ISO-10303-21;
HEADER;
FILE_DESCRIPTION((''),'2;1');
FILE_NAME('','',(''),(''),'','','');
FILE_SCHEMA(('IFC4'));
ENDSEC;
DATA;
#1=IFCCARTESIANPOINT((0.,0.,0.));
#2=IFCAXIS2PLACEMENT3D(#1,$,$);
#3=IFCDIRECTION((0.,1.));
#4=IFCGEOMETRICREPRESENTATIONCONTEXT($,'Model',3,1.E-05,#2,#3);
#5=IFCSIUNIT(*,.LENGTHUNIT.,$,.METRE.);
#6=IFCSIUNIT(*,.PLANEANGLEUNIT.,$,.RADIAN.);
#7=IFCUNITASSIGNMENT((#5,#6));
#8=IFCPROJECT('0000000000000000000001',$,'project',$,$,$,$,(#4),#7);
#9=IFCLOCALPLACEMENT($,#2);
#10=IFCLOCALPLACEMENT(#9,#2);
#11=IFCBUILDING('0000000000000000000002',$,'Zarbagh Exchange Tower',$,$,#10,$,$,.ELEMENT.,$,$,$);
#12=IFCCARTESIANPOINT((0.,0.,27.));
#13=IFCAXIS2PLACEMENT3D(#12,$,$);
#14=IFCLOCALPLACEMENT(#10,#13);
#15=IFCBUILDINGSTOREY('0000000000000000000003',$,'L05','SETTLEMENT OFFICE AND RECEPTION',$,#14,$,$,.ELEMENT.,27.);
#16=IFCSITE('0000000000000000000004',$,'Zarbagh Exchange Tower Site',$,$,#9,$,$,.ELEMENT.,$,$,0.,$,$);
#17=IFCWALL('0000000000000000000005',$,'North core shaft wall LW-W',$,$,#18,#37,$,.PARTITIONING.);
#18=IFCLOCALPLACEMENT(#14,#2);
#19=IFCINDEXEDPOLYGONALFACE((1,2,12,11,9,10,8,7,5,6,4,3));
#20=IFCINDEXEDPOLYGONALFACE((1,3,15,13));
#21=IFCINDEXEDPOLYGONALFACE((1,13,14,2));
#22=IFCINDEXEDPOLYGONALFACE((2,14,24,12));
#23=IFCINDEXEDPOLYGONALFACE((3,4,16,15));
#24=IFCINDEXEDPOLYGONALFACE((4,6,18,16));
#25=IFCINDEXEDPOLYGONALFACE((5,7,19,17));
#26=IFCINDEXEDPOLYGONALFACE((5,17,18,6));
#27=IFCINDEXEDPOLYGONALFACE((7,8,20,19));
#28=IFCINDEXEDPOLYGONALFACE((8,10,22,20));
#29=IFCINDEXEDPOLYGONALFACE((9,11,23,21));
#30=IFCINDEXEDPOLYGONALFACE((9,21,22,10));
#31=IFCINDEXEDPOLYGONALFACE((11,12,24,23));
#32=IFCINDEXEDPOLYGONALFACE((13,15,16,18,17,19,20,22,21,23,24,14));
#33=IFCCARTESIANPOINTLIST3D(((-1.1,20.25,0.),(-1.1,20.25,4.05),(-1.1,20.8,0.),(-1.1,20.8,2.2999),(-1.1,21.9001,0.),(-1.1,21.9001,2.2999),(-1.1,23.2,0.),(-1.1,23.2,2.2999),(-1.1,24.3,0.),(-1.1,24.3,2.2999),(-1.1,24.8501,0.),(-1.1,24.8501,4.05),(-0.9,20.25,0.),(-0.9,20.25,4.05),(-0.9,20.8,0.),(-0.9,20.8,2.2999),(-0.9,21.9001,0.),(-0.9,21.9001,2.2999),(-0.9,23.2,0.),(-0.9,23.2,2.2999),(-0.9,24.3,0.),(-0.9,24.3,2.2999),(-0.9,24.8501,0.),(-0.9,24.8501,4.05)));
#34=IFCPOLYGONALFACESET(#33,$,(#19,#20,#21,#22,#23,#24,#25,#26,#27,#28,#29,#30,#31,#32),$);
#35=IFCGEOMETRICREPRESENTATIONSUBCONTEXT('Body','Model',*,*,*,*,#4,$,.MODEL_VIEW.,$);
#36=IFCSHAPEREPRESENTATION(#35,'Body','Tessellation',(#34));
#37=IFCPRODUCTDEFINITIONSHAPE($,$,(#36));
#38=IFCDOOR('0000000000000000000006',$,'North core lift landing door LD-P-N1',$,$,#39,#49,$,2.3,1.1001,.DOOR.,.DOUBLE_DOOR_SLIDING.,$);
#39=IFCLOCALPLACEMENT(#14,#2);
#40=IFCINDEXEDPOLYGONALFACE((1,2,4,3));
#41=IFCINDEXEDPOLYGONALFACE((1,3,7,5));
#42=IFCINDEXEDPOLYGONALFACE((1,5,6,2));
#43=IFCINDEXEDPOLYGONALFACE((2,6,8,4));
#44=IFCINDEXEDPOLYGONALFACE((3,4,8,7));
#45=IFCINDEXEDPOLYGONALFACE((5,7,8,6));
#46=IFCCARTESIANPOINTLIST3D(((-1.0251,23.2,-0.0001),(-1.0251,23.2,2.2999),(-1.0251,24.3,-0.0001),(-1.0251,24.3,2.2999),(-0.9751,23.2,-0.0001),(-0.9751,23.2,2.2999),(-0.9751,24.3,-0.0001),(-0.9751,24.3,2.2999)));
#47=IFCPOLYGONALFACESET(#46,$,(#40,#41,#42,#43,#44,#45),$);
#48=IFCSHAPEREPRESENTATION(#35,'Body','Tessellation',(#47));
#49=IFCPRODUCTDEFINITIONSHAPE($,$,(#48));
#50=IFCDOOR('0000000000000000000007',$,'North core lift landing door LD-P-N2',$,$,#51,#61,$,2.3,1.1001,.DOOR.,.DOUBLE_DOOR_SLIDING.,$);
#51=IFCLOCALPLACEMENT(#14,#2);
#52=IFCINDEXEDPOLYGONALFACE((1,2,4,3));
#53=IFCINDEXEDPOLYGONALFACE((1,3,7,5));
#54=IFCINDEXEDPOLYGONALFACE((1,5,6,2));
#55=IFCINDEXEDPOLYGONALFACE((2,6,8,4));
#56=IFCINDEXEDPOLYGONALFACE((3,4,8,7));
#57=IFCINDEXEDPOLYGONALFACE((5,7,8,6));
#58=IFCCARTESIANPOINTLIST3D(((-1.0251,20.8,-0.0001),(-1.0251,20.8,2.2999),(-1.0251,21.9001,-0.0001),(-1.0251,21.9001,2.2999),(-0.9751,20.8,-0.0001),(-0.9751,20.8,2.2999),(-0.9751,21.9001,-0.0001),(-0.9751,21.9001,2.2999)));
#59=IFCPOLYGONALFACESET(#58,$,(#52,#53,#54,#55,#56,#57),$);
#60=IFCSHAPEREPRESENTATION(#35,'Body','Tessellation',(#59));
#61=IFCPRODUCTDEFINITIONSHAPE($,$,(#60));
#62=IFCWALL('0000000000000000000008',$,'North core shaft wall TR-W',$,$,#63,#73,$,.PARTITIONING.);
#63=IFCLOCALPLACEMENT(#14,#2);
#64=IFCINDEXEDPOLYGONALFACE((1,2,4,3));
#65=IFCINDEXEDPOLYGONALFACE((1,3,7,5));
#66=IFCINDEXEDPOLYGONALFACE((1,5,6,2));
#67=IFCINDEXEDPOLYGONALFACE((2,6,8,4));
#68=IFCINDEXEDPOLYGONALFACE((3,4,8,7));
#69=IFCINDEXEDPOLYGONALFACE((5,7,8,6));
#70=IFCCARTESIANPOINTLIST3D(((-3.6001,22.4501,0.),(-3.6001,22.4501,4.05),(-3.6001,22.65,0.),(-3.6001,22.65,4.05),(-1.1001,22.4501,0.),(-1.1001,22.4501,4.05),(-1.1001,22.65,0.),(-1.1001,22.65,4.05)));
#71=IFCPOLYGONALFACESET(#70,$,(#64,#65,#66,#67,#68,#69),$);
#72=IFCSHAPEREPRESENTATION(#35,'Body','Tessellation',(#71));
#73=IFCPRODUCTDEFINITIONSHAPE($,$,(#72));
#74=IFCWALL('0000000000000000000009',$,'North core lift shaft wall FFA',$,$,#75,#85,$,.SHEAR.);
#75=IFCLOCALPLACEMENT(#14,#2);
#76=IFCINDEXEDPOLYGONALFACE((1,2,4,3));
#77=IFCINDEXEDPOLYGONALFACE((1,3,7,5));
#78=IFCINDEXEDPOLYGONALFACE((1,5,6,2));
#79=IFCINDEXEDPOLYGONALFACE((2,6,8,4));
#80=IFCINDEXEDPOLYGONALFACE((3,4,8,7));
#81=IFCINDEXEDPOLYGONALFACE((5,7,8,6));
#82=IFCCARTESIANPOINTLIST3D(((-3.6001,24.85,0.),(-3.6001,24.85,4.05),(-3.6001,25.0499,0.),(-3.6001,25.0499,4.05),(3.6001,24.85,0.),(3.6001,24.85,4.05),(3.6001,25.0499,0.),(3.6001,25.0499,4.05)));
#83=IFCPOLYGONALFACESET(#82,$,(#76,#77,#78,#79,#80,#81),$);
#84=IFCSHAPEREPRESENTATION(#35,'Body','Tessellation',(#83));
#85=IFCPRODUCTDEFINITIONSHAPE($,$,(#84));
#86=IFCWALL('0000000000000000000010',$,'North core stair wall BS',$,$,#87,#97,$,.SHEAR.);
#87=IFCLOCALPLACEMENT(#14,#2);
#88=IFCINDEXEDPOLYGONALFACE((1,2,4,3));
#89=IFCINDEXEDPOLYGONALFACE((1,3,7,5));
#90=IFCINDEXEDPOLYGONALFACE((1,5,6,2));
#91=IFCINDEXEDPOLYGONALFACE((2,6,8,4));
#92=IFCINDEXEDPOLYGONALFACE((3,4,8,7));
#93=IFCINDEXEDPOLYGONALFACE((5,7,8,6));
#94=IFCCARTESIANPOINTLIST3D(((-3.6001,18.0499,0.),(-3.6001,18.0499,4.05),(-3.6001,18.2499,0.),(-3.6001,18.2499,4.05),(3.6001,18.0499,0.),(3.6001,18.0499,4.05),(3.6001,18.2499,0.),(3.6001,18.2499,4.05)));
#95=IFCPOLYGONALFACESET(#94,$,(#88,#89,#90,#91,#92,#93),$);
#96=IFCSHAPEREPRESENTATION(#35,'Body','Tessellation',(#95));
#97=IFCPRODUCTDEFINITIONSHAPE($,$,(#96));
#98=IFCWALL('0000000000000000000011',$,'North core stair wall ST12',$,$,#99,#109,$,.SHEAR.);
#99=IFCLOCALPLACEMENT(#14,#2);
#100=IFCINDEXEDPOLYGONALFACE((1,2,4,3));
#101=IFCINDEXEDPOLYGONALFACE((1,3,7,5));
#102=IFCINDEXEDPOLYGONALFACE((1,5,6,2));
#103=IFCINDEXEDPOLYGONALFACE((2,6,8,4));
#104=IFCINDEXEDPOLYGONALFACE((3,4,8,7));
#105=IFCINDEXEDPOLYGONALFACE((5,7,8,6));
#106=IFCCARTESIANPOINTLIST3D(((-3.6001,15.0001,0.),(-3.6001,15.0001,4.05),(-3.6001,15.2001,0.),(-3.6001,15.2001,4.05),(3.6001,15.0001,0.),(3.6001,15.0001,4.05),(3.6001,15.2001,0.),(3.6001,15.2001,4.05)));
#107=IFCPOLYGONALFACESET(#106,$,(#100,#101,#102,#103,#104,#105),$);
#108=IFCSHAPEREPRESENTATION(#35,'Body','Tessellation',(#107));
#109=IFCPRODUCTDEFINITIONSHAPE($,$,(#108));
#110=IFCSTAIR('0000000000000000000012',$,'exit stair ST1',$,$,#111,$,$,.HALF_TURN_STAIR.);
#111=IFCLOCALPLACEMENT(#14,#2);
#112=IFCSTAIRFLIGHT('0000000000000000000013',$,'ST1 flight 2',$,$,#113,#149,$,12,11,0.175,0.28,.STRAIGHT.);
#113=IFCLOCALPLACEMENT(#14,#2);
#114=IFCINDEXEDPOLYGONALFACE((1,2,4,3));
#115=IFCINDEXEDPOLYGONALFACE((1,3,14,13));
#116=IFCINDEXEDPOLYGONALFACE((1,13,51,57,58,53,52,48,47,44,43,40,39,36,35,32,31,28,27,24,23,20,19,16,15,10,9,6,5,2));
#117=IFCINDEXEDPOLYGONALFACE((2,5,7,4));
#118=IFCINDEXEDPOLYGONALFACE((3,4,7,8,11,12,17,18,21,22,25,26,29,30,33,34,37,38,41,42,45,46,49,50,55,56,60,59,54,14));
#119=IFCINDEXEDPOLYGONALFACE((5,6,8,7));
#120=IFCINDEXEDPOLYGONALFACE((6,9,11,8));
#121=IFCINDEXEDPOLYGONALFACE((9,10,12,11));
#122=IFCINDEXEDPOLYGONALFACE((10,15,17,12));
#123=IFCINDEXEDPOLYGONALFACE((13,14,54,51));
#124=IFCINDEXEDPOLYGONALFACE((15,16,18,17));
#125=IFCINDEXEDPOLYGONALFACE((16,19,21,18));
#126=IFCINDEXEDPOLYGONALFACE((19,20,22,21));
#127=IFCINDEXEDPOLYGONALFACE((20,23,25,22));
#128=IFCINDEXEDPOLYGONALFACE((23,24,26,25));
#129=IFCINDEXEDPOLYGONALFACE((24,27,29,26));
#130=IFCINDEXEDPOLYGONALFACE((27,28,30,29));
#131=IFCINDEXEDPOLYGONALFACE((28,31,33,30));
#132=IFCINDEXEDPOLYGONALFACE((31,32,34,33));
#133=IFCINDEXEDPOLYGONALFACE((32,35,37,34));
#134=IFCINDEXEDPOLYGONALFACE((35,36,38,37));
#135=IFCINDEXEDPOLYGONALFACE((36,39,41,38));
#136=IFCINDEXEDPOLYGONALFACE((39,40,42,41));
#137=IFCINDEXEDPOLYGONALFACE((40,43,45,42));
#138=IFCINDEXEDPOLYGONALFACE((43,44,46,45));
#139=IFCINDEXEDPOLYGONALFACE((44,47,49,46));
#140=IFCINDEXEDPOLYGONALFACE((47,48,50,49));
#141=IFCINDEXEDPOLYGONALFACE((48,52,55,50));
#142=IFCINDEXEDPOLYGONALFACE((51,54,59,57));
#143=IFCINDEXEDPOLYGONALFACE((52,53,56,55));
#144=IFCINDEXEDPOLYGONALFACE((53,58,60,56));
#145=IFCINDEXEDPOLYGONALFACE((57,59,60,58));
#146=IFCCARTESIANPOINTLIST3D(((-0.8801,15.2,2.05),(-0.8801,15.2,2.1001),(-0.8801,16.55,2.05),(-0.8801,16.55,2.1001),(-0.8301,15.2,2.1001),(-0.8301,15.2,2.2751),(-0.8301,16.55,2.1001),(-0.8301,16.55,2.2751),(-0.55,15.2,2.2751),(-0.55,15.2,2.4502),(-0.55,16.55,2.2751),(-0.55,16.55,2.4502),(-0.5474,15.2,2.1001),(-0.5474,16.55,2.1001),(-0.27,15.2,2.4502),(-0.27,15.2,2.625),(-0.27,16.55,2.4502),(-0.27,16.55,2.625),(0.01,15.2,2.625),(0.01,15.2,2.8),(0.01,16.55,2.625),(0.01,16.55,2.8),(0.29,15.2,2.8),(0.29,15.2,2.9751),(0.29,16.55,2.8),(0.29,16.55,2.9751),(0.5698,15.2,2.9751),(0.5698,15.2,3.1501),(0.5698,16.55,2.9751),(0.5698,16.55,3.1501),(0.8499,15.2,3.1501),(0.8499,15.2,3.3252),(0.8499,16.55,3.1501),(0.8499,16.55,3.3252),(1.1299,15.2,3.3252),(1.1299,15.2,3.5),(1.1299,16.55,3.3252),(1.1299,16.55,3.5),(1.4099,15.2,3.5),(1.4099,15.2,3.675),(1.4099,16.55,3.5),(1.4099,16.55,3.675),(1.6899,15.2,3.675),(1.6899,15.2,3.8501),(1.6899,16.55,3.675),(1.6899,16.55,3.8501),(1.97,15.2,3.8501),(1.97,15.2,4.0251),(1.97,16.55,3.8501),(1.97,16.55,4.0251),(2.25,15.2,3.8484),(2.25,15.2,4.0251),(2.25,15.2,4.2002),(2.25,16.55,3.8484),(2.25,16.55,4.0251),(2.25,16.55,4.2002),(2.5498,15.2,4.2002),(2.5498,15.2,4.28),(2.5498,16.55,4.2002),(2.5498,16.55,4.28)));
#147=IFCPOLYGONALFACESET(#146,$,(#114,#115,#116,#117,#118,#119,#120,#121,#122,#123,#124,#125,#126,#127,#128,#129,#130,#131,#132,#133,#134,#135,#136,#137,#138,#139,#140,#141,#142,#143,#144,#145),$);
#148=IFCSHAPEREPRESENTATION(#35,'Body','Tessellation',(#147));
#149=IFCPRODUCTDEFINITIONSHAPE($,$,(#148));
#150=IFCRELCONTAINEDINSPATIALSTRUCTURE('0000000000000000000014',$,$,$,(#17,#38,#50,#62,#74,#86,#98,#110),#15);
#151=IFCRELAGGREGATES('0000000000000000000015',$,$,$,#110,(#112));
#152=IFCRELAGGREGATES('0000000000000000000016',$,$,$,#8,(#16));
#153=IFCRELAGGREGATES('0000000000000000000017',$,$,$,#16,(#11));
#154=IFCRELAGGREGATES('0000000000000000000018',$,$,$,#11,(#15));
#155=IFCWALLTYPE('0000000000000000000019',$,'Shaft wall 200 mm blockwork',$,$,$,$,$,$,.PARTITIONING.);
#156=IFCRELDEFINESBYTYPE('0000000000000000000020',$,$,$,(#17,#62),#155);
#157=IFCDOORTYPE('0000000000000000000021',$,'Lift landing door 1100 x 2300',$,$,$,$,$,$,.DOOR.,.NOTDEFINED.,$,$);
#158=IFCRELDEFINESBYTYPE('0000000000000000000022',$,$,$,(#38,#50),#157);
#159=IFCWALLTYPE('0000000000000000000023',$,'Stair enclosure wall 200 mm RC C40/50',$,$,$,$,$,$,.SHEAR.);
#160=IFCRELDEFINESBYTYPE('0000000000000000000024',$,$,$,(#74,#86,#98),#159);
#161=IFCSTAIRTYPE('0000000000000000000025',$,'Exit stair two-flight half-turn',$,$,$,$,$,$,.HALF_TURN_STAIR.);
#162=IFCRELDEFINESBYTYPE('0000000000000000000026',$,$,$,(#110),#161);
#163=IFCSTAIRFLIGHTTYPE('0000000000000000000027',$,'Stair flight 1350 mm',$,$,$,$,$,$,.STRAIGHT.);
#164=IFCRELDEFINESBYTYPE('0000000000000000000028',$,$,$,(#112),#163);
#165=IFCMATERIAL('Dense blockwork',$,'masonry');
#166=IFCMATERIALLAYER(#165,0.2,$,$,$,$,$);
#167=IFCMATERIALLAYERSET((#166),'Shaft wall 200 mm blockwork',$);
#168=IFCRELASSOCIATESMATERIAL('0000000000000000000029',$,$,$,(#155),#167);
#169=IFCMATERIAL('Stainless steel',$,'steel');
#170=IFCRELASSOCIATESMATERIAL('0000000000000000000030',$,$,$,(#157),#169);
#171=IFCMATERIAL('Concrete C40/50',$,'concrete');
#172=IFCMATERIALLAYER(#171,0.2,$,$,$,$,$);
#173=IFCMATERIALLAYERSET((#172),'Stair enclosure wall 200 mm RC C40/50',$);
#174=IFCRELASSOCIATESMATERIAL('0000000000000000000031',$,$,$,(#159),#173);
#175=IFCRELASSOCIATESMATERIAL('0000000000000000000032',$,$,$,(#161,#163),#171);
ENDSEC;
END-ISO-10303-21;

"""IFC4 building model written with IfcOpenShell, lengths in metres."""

from ifc_helpers import new_model, si_unit, direction, frame, frame_2d, origin, place, context, subcontext, project, spatial, polyline, rectangle, outline, extrude, material, layer, layer_set, type_object, element, fill, aggregate, save


model = new_model("IFC4")

# Units and contexts
model_context = context("Model", 3, precision=1e-05, world=origin(), true_north=direction((0.0, 1.0)))
body_context = subcontext(model_context, "Body", "Model", "MODEL_VIEW")
ifc_project = project(units=[si_unit("LENGTHUNIT", "METRE"), si_unit("PLANEANGLEUNIT", "RADIAN")], contexts=[model_context])

# Site, building, storey
site_placement = place(None, origin())
site = spatial("IfcSite", under=ifc_project, at=site_placement, Name="Zarbagh Exchange Tower Site", CompositionType="ELEMENT", RefElevation=0.0)
building_placement = place(site_placement, origin())
building = spatial("IfcBuilding", under=site, at=building_placement, Name="Zarbagh Exchange Tower", CompositionType="ELEMENT")
storey_placement = place(building_placement, frame((0.0, 0.0, 27.0)))
storey = spatial("IfcBuildingStorey", under=building, at=storey_placement, Name="L05", Description="SETTLEMENT OFFICE AND RECEPTION", CompositionType="ELEMENT", Elevation=27.0)

# Shared definitions
ifc_material_1 = material(Name="Dense blockwork", Category="masonry")
ifc_layer_1 = layer(ifc_material_1, 0.2)
ifc_layer_set_1 = layer_set([ifc_layer_1], Name="Shaft wall 200 mm blockwork")
wall_type_1 = type_object("IfcWallType", Name="Shaft wall 200 mm blockwork", PredefinedType="PARTITIONING", material=ifc_layer_set_1)

# Wall, openings, doors
wall_1_placement = place(storey_placement, frame((-1.0, 24.8501, 0.0), z_axis=(0.0, 0.0, 1.0), x_axis=(0.0, -1.0, 0.0)))
wall_1 = element("IfcWall", 1, at=wall_1_placement, inside=storey, type_object=wall_type_1, Name="North core shaft wall LW-W", PredefinedType="PARTITIONING", context=body_context, shape_type="SweptSolid", body=[
    extrude(rectangle(XDim=4.6001, YDim=0.2, at=frame_2d((2.3, 0.0))), origin(), (0.0, 0.0, 1.0), 4.05),
])
opening_1_placement = place(wall_1_placement, frame((0.55, 0.0, 0.0)))
opening_1 = element("IfcOpeningElement", 2, at=opening_1_placement, cuts=wall_1, PredefinedType="OPENING", context=body_context, shape_type="SweptSolid", body=[
    extrude(rectangle(XDim=1.1001, YDim=2.3, at=frame_2d((0.55, 1.1499))), frame((0.0, 0.1099, 0.0), z_axis=(0.0, -1.0, 0.0), x_axis=(1.0, 0.0, 0.0)), (0.0, 0.0, 1.0), 0.22),
])
opening_2_placement = place(wall_1_placement, frame((2.95, 0.0, 0.0)))
opening_2 = element("IfcOpeningElement", 3, at=opening_2_placement, cuts=wall_1, PredefinedType="OPENING", context=body_context, shape_type="SweptSolid", body=[
    extrude(rectangle(XDim=1.1001, YDim=2.3, at=frame_2d((0.55, 1.1499))), frame((0.0, 0.1099, 0.0), z_axis=(0.0, -1.0, 0.0), x_axis=(1.0, 0.0, 0.0)), (0.0, 0.0, 1.0), 0.22),
])
ifc_material_2 = material(Name="Stainless steel", Category="steel")
door_type_1 = type_object("IfcDoorType", Name="Lift landing door 1100 x 2300", OperationType="NOTDEFINED", PredefinedType="DOOR", material=ifc_material_2)
door_1_placement = place(opening_1_placement, origin())
door_1 = element("IfcDoor", 4, at=door_1_placement, inside=storey, type_object=door_type_1, Name="North core lift landing door LD-P-N1", OperationType="DOUBLE_DOOR_SLIDING", OverallHeight=2.3, OverallWidth=1.1001, PredefinedType="DOOR", context=body_context, shape_type="SweptSolid", body=[
    extrude(rectangle(XDim=1.1001, YDim=2.3, at=frame_2d((0.55, 1.1499))), frame((0.0, 0.0249, 0.0), z_axis=(0.0, -1.0, 0.0), x_axis=(1.0, 0.0, 0.0)), (0.0, 0.0, 1.0), 0.05),
])
fill(opening_1, door_1)
door_2_placement = place(opening_2_placement, origin())
door_2 = element("IfcDoor", 5, at=door_2_placement, inside=storey, type_object=door_type_1, Name="North core lift landing door LD-P-N2", OperationType="DOUBLE_DOOR_SLIDING", OverallHeight=2.3, OverallWidth=1.1001, PredefinedType="DOOR", context=body_context, shape_type="SweptSolid", body=[
    extrude(rectangle(XDim=1.1001, YDim=2.3, at=frame_2d((0.55, 1.1499))), frame((0.0, 0.0249, 0.0), z_axis=(0.0, -1.0, 0.0), x_axis=(1.0, 0.0, 0.0)), (0.0, 0.0, 1.0), 0.05),
])
fill(opening_2, door_2)

# Walls
wall_2_placement = place(storey_placement, frame((-3.6001, 22.55, 0.0), z_axis=(0.0, 0.0, 1.0), x_axis=(1.0, 0.0, 0.0)))
element("IfcWall", 6, at=wall_2_placement, inside=storey, type_object=wall_type_1, Name="North core shaft wall TR-W", PredefinedType="PARTITIONING", context=body_context, shape_type="SweptSolid", body=[
    extrude(rectangle(XDim=2.5, YDim=0.2, at=frame_2d((1.25, 0.0))), origin(), (0.0, 0.0, 1.0), 4.05),
])
ifc_material_3 = material(Name="Concrete C40/50", Category="concrete")
ifc_layer_2 = layer(ifc_material_3, 0.2)
ifc_layer_set_2 = layer_set([ifc_layer_2], Name="Stair enclosure wall 200 mm RC C40/50")
wall_type_2 = type_object("IfcWallType", Name="Stair enclosure wall 200 mm RC C40/50", PredefinedType="SHEAR", material=ifc_layer_set_2)
for number, where, z_axis, x_axis, name in (
    (7, (-3.6001, 24.95, 0.0), (0.0, 0.0, 1.0), (1.0, 0.0, 0.0), "North core lift shaft wall FFA"),
    (8, (-3.6001, 18.1499, 0.0), (0.0, 0.0, 1.0), (1.0, 0.0, 0.0), "North core stair wall BS"),
    (9, (-3.6001, 15.1001, 0.0), (0.0, 0.0, 1.0), (1.0, 0.0, 0.0), "North core stair wall ST12"),
):
    element("IfcWall", number, at=place(storey_placement, frame(where, z_axis=z_axis, x_axis=x_axis)), inside=storey, type_object=wall_type_2, Name=name, PredefinedType="SHEAR", context=body_context, shape_type="SweptSolid", body=[
        extrude(rectangle(XDim=7.2002, YDim=0.2, at=frame_2d((3.6001, 0.0))), origin(), (0.0, 0.0, 1.0), 4.05),
    ])

# Stair, stair flight
stair_type = type_object("IfcStairType", Name="Exit stair two-flight half-turn", PredefinedType="HALF_TURN_STAIR", material=ifc_material_3)
stair_1_placement = place(storey_placement, origin())
stair_1 = element("IfcStair", 10, at=stair_1_placement, inside=storey, type_object=stair_type, Name="exit stair ST1", PredefinedType="HALF_TURN_STAIR")
stair_flight_type = type_object("IfcStairFlightType", Name="Stair flight 1350 mm", PredefinedType="STRAIGHT", material=ifc_material_3)
stair_flight_1_placement = place(storey_placement, frame((-0.8301, 15.875, 2.1001), z_axis=(0.0, 0.0, 1.0), x_axis=(1.0, 0.0, 0.0)))
stair_flight_1 = element("IfcStairFlight", 11, at=stair_flight_1_placement, type_object=stair_flight_type, Name="ST1 flight 2", NumberOfRisers=12, NumberOfTreads=11, PredefinedType="STRAIGHT", RiserHeight=0.175, TreadLength=0.28, context=body_context, shape_type="SweptSolid", body=[
    extrude(outline(polyline([(-0.05, -0.05), (-0.05, 0.0), (0.0, 0.0), (0.0, 0.175), (0.28, 0.175), (0.28, 0.3501), (0.5601, 0.3501), (0.5601, 0.5249), (0.8401, 0.5249), (0.8401, 0.7), (1.1201, 0.7), (1.1201, 0.875), (1.3999, 0.875), (1.3999, 1.05), (1.6799, 1.05), (1.6799, 1.2251), (1.96, 1.2251), (1.96, 1.3999), (2.24, 1.3999), (2.24, 1.575), (2.52, 1.575), (2.52, 1.75), (2.8, 1.75), (2.8, 1.925), (3.0801, 1.925), (3.0801, 2.1001), (3.3799, 2.1799), (3.3799, 2.1001), (3.0801, 1.7483), (0.2827, 0.0), (-0.05, -0.05)])), frame((0.0, 0.675, 0.0), z_axis=(0.0, -1.0, 0.0), x_axis=(1.0, 0.0, 0.0)), (0.0, 0.0, 1.0), 1.3501),
])
aggregate(stair_1, [stair_flight_1])

save(model, "model.ifc")
